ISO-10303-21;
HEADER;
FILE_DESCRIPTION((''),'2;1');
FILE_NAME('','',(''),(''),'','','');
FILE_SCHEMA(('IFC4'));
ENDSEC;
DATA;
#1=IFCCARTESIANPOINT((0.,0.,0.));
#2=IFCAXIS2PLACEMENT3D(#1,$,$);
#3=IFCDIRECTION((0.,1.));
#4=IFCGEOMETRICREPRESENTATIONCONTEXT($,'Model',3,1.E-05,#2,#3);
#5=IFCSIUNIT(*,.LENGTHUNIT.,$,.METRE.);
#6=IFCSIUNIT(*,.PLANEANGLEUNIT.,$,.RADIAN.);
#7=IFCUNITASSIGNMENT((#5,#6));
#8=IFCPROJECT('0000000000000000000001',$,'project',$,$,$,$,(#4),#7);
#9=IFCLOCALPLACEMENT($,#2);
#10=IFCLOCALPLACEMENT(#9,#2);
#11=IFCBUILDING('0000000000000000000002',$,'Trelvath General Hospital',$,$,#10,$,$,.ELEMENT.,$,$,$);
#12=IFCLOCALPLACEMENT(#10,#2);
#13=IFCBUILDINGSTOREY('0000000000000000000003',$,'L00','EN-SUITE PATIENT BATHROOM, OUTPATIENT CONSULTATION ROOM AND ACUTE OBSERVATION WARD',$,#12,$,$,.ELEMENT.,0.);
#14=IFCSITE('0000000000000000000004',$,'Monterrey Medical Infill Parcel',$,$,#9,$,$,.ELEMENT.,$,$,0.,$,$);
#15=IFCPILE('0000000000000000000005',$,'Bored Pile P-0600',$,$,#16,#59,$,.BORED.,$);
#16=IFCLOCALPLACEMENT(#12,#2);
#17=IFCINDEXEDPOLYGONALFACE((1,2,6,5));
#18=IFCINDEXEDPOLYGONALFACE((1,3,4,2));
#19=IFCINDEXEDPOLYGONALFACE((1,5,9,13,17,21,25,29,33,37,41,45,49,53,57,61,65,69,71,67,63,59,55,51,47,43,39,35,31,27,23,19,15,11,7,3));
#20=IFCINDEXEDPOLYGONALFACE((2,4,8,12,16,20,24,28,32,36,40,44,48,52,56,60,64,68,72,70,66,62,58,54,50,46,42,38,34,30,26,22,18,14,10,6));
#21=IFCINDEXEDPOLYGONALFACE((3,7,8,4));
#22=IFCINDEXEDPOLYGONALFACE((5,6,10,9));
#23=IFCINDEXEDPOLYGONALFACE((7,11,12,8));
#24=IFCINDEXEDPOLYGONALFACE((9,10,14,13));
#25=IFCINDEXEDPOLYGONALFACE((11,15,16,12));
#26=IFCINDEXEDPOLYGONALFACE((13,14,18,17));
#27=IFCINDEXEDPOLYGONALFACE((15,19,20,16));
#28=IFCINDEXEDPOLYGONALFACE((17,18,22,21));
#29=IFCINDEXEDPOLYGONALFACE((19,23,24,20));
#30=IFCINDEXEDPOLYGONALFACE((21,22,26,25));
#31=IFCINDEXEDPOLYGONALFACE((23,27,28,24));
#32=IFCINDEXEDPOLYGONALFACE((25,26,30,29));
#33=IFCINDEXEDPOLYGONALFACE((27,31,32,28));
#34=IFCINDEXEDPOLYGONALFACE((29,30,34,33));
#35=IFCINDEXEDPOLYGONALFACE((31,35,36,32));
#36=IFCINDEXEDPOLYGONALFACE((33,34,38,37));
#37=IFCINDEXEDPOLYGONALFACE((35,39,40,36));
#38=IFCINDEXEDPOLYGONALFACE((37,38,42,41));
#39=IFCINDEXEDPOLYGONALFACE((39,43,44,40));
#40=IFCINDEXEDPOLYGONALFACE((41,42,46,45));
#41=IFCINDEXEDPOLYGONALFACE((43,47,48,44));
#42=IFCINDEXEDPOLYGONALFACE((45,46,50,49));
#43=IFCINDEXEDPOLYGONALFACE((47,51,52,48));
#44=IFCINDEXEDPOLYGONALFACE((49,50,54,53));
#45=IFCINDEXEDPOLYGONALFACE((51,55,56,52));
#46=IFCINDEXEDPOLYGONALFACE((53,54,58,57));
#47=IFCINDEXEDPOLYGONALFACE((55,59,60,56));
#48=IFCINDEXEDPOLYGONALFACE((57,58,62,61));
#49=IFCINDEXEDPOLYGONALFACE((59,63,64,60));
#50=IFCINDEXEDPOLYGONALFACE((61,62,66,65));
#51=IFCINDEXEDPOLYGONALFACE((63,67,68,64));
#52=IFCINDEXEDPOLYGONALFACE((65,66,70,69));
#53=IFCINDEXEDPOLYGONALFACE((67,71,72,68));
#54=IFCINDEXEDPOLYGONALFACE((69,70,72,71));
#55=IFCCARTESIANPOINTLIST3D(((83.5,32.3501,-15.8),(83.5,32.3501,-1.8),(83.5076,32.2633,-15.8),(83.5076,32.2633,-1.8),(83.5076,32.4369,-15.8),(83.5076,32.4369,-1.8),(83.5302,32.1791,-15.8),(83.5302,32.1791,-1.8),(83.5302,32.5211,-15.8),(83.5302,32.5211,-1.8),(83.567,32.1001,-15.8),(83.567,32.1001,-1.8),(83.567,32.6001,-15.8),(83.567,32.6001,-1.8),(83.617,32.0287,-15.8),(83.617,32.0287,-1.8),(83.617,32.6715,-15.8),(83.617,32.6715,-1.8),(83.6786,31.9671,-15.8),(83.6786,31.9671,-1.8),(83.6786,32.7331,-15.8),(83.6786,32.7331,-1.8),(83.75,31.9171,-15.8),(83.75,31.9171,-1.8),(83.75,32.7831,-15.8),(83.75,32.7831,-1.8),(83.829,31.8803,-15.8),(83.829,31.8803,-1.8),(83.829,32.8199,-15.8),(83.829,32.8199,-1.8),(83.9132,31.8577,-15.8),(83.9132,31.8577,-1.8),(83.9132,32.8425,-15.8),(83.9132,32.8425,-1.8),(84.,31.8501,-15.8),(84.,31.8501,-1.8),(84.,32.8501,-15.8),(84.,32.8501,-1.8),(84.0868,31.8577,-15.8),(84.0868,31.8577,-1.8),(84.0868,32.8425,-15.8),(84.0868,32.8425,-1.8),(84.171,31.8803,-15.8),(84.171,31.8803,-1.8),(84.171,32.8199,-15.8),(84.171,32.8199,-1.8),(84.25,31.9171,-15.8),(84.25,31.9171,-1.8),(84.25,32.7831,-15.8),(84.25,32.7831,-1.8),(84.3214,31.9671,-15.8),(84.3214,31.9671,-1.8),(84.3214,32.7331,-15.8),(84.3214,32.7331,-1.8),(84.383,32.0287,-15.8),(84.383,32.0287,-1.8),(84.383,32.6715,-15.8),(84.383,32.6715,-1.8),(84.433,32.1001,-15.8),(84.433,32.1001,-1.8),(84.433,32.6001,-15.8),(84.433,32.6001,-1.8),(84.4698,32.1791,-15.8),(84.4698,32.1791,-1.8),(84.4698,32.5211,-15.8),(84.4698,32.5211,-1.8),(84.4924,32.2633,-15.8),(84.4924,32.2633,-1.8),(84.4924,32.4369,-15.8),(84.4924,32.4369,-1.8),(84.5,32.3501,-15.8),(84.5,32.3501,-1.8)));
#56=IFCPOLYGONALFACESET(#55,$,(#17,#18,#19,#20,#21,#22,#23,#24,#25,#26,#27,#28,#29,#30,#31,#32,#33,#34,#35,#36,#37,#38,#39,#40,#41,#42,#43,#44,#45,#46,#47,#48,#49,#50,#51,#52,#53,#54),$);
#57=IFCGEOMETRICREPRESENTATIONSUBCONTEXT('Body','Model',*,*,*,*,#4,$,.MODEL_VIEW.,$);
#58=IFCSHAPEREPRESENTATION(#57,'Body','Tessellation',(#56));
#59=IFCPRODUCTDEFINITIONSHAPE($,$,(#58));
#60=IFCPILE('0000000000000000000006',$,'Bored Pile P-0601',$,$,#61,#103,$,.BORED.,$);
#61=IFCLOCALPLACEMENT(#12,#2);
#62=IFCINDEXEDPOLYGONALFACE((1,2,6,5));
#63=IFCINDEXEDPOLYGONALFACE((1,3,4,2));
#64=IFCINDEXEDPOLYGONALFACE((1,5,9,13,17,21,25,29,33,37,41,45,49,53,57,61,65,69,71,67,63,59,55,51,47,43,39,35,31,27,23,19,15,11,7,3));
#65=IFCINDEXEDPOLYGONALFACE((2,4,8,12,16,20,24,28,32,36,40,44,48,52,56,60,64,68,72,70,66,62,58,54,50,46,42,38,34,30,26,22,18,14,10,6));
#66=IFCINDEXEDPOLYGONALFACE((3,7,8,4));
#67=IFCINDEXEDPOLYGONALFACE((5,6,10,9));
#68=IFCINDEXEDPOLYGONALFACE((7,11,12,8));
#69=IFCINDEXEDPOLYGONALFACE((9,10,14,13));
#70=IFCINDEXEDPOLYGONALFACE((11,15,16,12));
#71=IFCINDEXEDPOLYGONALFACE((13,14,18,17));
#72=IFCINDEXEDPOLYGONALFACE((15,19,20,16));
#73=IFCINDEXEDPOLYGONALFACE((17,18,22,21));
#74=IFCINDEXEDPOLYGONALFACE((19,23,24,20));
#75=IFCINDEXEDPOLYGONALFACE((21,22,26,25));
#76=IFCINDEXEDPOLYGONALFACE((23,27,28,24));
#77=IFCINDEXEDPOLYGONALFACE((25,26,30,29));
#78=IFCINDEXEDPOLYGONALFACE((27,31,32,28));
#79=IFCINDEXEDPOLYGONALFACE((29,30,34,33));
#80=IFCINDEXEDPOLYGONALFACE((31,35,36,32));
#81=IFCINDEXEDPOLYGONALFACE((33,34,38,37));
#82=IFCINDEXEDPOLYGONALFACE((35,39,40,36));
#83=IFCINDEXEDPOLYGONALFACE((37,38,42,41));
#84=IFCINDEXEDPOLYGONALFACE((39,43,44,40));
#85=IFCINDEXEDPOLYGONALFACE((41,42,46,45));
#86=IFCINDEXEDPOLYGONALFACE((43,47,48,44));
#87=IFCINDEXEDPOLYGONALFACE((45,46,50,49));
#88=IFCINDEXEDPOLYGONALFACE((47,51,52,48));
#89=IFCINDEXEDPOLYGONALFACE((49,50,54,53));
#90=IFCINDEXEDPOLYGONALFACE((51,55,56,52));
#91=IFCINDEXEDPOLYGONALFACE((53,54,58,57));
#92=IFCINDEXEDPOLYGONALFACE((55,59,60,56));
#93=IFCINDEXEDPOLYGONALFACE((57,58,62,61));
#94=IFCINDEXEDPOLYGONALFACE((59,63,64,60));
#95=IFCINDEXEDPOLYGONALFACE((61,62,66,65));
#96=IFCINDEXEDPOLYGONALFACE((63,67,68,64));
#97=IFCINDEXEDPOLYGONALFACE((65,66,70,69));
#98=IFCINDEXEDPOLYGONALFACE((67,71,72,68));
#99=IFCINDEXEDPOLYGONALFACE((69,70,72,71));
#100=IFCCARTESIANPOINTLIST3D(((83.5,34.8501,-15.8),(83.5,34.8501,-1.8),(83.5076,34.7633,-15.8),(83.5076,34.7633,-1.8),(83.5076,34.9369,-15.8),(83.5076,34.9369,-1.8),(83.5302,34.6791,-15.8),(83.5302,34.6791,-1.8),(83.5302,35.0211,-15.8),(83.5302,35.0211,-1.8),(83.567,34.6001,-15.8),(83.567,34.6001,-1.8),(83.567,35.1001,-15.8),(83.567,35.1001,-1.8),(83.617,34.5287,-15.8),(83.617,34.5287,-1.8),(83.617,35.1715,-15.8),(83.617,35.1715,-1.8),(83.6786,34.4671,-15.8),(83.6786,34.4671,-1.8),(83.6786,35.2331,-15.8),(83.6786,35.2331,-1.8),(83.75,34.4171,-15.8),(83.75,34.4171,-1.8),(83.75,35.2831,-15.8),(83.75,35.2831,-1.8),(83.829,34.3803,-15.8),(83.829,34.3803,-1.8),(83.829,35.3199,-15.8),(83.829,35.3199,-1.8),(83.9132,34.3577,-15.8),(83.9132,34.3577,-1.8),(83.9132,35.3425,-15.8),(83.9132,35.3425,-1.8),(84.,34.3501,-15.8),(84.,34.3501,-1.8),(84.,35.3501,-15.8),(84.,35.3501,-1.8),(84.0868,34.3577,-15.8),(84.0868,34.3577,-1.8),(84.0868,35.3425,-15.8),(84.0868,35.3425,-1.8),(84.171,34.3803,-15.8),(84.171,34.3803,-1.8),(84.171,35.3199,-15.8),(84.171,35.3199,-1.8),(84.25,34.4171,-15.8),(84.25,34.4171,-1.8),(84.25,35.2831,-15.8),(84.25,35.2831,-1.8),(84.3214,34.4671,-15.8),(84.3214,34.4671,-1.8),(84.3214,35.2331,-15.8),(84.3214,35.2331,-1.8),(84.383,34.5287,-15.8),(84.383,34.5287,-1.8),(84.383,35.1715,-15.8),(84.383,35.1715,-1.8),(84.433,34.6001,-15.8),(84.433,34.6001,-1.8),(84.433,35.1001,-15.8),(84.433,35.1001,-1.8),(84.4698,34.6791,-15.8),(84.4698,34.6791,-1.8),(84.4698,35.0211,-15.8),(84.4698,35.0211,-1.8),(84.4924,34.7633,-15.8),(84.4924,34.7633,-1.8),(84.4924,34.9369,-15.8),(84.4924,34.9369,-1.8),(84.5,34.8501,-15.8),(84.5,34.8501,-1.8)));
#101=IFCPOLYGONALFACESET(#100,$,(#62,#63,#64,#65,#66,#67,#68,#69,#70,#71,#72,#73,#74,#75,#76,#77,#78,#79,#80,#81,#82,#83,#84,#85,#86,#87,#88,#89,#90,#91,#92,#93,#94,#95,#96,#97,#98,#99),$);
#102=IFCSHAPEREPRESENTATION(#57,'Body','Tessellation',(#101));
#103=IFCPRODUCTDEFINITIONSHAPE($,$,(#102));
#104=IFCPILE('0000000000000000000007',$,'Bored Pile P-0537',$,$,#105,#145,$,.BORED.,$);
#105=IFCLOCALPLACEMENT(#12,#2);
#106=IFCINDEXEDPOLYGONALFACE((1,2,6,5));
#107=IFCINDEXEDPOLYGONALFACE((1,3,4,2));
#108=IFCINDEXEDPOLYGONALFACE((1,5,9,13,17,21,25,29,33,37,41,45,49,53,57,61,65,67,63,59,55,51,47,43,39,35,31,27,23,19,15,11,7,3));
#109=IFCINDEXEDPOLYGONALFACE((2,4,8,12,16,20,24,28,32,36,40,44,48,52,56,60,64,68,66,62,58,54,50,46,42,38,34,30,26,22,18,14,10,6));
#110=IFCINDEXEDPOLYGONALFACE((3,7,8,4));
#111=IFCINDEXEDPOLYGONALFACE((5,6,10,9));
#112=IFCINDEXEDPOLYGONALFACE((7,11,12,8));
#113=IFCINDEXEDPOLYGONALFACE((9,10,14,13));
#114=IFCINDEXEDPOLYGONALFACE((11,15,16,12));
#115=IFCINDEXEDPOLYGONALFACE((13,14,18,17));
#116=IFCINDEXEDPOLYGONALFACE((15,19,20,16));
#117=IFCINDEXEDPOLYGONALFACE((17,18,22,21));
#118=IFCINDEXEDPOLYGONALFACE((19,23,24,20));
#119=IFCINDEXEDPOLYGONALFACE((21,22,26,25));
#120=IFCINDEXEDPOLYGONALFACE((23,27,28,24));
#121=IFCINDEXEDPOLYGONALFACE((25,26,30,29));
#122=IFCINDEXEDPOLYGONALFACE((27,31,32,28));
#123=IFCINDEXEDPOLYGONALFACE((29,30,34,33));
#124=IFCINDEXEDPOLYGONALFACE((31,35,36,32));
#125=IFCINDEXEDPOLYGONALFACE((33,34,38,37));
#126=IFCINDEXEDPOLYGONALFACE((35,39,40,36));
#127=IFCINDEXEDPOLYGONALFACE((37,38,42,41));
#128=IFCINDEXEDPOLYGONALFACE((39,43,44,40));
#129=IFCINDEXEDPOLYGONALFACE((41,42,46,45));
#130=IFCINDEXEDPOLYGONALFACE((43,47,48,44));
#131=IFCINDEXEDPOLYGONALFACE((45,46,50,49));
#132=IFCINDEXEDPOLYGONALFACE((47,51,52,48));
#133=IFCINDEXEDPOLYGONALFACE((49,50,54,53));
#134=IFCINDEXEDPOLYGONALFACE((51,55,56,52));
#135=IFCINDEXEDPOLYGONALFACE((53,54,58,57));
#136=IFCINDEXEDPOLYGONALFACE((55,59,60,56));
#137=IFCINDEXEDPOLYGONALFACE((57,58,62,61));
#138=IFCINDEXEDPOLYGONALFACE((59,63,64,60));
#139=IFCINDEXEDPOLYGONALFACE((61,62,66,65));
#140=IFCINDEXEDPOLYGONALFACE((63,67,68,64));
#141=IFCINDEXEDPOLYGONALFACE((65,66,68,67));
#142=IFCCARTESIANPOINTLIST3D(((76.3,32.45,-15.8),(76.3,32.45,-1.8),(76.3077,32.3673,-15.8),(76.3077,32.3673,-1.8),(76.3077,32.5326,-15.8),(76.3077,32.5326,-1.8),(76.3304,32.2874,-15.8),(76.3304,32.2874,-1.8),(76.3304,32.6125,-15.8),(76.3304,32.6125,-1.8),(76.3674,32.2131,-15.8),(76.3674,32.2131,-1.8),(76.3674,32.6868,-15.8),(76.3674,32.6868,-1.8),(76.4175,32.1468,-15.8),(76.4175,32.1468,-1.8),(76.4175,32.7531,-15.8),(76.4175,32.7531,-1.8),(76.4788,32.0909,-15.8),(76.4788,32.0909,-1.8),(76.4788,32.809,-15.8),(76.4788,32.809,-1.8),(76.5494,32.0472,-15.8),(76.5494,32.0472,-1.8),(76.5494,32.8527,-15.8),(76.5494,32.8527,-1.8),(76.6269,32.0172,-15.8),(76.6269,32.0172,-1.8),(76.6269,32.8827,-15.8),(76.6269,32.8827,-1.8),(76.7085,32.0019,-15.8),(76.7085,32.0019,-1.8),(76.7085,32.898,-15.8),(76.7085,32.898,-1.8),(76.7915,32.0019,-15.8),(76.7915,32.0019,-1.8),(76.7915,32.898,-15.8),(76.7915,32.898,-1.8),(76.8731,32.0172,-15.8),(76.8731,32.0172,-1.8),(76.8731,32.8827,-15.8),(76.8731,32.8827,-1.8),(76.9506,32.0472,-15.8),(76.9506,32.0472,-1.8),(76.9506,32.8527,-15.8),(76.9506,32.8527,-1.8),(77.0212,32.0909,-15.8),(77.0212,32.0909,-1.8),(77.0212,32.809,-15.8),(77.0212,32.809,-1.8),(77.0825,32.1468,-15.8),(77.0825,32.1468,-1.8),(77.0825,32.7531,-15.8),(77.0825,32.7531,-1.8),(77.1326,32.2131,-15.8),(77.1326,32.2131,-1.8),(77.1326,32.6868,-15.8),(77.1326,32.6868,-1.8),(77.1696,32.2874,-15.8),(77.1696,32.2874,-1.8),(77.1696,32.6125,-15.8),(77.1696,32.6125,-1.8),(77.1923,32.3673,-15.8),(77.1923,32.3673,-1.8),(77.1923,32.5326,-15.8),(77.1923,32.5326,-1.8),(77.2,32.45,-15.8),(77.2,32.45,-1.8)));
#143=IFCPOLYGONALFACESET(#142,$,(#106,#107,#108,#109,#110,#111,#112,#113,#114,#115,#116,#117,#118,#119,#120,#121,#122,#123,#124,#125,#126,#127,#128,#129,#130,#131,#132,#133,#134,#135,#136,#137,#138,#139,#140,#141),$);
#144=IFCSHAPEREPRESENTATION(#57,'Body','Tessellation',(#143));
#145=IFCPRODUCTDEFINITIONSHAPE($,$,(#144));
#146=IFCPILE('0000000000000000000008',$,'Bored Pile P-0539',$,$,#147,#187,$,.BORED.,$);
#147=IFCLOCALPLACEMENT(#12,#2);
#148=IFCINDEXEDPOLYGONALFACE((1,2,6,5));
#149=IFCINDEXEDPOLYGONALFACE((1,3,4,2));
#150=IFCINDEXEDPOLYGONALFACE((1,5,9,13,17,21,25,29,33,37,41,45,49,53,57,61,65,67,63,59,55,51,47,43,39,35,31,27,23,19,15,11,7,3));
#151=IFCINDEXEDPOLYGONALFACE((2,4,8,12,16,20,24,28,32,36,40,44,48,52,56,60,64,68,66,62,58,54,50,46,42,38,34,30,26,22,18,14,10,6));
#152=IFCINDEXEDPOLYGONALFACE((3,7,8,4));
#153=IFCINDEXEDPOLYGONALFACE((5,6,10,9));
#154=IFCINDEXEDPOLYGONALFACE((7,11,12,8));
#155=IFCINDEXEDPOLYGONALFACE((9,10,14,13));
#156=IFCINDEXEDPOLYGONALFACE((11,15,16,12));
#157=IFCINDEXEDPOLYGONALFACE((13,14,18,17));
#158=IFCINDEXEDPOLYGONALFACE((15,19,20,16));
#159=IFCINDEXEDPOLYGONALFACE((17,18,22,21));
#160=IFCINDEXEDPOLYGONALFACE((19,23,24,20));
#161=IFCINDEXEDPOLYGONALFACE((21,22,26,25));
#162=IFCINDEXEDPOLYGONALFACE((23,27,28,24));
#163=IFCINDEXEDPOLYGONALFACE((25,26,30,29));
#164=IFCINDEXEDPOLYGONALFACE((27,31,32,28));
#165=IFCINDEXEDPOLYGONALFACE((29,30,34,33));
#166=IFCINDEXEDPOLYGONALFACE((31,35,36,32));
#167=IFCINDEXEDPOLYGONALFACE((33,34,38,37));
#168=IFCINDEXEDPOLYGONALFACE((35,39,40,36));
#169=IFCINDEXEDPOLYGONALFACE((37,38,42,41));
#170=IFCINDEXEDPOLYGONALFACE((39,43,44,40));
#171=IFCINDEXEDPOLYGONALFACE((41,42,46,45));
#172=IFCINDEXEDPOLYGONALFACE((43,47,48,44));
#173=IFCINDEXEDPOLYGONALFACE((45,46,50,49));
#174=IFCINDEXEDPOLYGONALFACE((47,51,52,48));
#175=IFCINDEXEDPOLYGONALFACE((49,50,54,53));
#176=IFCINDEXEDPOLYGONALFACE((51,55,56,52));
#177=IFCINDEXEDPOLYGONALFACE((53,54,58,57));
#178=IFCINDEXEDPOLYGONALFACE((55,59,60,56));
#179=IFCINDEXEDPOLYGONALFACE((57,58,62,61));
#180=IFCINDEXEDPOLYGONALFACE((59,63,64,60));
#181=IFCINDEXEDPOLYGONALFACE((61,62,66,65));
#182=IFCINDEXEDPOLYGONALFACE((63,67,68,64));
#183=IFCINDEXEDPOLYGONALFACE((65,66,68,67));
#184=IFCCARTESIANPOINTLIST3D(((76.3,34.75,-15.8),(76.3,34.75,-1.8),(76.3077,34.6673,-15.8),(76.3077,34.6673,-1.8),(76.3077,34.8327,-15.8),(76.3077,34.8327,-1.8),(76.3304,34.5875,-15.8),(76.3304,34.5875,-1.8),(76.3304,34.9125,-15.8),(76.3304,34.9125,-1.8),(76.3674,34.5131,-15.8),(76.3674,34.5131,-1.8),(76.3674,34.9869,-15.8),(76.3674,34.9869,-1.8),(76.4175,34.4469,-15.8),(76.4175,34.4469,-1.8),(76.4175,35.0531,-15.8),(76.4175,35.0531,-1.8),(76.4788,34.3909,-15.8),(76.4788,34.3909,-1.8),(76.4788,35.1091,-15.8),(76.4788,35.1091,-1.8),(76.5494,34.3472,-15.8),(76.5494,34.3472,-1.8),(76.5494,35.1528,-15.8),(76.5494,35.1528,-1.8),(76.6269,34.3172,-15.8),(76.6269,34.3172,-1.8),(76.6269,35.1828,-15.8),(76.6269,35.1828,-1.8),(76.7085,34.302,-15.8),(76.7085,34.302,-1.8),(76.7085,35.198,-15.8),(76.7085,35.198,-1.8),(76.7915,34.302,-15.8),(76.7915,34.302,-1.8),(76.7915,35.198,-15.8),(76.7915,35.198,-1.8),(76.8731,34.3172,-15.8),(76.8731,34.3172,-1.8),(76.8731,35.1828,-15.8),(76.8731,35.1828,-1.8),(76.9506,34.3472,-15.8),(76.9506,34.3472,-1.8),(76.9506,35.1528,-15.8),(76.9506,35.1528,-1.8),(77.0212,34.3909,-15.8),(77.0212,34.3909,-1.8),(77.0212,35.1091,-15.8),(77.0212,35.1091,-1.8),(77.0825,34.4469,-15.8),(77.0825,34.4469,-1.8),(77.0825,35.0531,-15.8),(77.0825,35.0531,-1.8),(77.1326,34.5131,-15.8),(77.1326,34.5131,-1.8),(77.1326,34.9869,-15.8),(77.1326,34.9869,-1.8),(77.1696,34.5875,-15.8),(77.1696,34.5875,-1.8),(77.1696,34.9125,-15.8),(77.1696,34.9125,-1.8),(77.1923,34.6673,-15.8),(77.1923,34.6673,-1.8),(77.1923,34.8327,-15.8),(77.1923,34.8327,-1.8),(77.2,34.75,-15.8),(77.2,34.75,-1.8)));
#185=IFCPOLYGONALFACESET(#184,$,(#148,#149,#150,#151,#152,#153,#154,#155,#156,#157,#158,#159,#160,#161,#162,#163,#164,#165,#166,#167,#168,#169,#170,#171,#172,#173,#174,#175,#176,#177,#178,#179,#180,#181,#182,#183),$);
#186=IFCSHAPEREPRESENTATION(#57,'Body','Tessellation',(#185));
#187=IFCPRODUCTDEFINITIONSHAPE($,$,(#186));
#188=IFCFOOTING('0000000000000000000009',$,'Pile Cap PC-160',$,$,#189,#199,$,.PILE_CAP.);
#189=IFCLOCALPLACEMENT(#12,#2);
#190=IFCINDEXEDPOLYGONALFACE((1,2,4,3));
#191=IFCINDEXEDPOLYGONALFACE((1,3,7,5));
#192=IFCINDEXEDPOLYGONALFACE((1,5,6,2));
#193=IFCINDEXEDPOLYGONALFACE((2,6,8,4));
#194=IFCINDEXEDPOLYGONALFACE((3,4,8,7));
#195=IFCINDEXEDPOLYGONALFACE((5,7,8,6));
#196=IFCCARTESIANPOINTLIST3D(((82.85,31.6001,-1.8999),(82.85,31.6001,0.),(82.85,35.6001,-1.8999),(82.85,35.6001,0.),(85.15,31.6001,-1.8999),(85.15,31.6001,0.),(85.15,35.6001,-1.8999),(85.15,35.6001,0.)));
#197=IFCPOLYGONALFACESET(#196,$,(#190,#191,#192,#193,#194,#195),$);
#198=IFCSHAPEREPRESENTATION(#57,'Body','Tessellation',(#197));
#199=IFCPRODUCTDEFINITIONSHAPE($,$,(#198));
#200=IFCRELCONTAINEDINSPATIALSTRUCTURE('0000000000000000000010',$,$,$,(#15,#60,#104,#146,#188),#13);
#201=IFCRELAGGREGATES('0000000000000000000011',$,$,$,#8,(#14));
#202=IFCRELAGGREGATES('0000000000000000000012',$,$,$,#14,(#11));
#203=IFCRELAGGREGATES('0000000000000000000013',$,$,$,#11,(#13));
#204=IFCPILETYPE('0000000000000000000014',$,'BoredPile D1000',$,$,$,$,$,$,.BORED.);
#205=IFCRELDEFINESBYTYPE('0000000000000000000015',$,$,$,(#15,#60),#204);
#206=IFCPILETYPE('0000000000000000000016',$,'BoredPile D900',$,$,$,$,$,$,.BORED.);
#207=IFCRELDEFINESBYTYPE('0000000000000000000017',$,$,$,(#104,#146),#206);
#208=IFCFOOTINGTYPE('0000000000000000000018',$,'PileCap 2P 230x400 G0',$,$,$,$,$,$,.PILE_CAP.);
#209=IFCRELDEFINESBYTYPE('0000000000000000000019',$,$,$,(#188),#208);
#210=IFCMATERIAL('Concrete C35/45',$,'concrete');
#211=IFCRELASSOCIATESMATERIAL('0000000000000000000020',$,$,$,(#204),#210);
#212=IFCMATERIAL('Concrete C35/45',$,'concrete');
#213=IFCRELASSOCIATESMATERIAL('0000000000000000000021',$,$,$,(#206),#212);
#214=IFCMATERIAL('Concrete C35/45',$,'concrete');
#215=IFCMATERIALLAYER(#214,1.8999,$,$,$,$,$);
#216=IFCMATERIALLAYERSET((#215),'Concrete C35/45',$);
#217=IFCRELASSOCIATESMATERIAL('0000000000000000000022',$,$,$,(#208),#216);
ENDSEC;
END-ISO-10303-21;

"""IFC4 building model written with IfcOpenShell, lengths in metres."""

from ifc_helpers import new_model, si_unit, direction, frame, origin, origin_2d, place, context, subcontext, project, spatial, rectangle, circle, extrude, material, layer, layer_set, material_profile, profile_set, type_object, element, save


model = new_model("IFC4")

# Units and contexts
model_context = context("Model", 3, precision=1e-05, world=origin(), true_north=direction((0.0, 1.0)))
body_context = subcontext(model_context, "Body", "Model", "MODEL_VIEW")
ifc_project = project(units=[si_unit("LENGTHUNIT", "METRE"), si_unit("PLANEANGLEUNIT", "RADIAN")], contexts=[model_context])

# Site, building, storey
site_placement = place(None, origin())
site = spatial("IfcSite", under=ifc_project, at=site_placement, Name="Monterrey Medical Infill Parcel", CompositionType="ELEMENT", RefElevation=0.0)
building_placement = place(site_placement, origin())
building = spatial("IfcBuilding", under=site, at=building_placement, Name="Trelvath General Hospital", CompositionType="ELEMENT")
storey_placement = place(building_placement, origin())
storey = spatial("IfcBuildingStorey", under=building, at=storey_placement, Name="L00", Description="EN-SUITE PATIENT BATHROOM, OUTPATIENT CONSULTATION ROOM AND ACUTE OBSERVATION WARD", CompositionType="ELEMENT", Elevation=0.0)

# Piles
ifc_material_1 = material(Name="Concrete C35/45", Category="concrete")
ifc_material_profile_1 = material_profile(ifc_material_1, circle(Radius=0.5, at=origin_2d()), Name="PILE1000")
ifc_profile_set_1 = profile_set([ifc_material_profile_1], Name="Concrete C35/45")
pile_type_1 = type_object("IfcPileType", Name="BoredPile D1000", PredefinedType="BORED", material=ifc_profile_set_1)
for number, where, z_axis, x_axis, name in (
    (1, (84.0, 32.3501, -1.8), (0.0, 0.0, -1.0), (1.0, 0.0, 0.0), "Bored Pile P-0600"),
    (2, (84.0, 34.8501, -1.8), (0.0, 0.0, -1.0), (1.0, 0.0, 0.0), "Bored Pile P-0601"),
):
    element("IfcPile", number, at=place(storey_placement, frame(where, z_axis=z_axis, x_axis=x_axis)), inside=storey, type_object=pile_type_1, Name=name, PredefinedType="BORED", context=body_context, shape_type="SweptSolid", body=[
        extrude(circle(Radius=0.5, at=origin_2d()), origin(), (0.0, 0.0, 1.0), 14.0),
    ])
ifc_material_2 = material(Name="Concrete C35/45", Category="concrete")
ifc_material_profile_2 = material_profile(ifc_material_2, circle(Radius=0.45, at=origin_2d()), Name="PILE900")
ifc_profile_set_2 = profile_set([ifc_material_profile_2], Name="Concrete C35/45")
pile_type_2 = type_object("IfcPileType", Name="BoredPile D900", PredefinedType="BORED", material=ifc_profile_set_2)
for number, where, z_axis, x_axis, name in (
    (3, (76.75, 32.45, -1.8), (0.0, 0.0, -1.0), (1.0, 0.0, 0.0), "Bored Pile P-0537"),
    (4, (76.75, 34.75, -1.8), (0.0, 0.0, -1.0), (1.0, 0.0, 0.0), "Bored Pile P-0539"),
):
    element("IfcPile", number, at=place(storey_placement, frame(where, z_axis=z_axis, x_axis=x_axis)), inside=storey, type_object=pile_type_2, Name=name, PredefinedType="BORED", context=body_context, shape_type="SweptSolid", body=[
        extrude(circle(Radius=0.45, at=origin_2d()), origin(), (0.0, 0.0, 1.0), 14.0),
    ])

# Footing
ifc_material_3 = material(Name="Concrete C35/45", Category="concrete")
ifc_layer_1 = layer(ifc_material_3, 1.8999)
ifc_layer_set_1 = layer_set([ifc_layer_1], Name="Concrete C35/45")
footing_type_1 = type_object("IfcFootingType", Name="PileCap 2P 230x400 G0", PredefinedType="PILE_CAP", material=ifc_layer_set_1)
footing_1_placement = place(storey_placement, frame((84.0, 33.6001, -1.8999), z_axis=(0.0, 0.0, 1.0), x_axis=(1.0, 0.0, 0.0)))
element("IfcFooting", 5, at=footing_1_placement, inside=storey, type_object=footing_type_1, Name="Pile Cap PC-160", PredefinedType="PILE_CAP", context=body_context, shape_type="SweptSolid", body=[
    extrude(rectangle(XDim=2.3, YDim=4.0, at=origin_2d()), origin(), (0.0, 0.0, 1.0), 1.8999),
])

save(model, "model.ifc")
